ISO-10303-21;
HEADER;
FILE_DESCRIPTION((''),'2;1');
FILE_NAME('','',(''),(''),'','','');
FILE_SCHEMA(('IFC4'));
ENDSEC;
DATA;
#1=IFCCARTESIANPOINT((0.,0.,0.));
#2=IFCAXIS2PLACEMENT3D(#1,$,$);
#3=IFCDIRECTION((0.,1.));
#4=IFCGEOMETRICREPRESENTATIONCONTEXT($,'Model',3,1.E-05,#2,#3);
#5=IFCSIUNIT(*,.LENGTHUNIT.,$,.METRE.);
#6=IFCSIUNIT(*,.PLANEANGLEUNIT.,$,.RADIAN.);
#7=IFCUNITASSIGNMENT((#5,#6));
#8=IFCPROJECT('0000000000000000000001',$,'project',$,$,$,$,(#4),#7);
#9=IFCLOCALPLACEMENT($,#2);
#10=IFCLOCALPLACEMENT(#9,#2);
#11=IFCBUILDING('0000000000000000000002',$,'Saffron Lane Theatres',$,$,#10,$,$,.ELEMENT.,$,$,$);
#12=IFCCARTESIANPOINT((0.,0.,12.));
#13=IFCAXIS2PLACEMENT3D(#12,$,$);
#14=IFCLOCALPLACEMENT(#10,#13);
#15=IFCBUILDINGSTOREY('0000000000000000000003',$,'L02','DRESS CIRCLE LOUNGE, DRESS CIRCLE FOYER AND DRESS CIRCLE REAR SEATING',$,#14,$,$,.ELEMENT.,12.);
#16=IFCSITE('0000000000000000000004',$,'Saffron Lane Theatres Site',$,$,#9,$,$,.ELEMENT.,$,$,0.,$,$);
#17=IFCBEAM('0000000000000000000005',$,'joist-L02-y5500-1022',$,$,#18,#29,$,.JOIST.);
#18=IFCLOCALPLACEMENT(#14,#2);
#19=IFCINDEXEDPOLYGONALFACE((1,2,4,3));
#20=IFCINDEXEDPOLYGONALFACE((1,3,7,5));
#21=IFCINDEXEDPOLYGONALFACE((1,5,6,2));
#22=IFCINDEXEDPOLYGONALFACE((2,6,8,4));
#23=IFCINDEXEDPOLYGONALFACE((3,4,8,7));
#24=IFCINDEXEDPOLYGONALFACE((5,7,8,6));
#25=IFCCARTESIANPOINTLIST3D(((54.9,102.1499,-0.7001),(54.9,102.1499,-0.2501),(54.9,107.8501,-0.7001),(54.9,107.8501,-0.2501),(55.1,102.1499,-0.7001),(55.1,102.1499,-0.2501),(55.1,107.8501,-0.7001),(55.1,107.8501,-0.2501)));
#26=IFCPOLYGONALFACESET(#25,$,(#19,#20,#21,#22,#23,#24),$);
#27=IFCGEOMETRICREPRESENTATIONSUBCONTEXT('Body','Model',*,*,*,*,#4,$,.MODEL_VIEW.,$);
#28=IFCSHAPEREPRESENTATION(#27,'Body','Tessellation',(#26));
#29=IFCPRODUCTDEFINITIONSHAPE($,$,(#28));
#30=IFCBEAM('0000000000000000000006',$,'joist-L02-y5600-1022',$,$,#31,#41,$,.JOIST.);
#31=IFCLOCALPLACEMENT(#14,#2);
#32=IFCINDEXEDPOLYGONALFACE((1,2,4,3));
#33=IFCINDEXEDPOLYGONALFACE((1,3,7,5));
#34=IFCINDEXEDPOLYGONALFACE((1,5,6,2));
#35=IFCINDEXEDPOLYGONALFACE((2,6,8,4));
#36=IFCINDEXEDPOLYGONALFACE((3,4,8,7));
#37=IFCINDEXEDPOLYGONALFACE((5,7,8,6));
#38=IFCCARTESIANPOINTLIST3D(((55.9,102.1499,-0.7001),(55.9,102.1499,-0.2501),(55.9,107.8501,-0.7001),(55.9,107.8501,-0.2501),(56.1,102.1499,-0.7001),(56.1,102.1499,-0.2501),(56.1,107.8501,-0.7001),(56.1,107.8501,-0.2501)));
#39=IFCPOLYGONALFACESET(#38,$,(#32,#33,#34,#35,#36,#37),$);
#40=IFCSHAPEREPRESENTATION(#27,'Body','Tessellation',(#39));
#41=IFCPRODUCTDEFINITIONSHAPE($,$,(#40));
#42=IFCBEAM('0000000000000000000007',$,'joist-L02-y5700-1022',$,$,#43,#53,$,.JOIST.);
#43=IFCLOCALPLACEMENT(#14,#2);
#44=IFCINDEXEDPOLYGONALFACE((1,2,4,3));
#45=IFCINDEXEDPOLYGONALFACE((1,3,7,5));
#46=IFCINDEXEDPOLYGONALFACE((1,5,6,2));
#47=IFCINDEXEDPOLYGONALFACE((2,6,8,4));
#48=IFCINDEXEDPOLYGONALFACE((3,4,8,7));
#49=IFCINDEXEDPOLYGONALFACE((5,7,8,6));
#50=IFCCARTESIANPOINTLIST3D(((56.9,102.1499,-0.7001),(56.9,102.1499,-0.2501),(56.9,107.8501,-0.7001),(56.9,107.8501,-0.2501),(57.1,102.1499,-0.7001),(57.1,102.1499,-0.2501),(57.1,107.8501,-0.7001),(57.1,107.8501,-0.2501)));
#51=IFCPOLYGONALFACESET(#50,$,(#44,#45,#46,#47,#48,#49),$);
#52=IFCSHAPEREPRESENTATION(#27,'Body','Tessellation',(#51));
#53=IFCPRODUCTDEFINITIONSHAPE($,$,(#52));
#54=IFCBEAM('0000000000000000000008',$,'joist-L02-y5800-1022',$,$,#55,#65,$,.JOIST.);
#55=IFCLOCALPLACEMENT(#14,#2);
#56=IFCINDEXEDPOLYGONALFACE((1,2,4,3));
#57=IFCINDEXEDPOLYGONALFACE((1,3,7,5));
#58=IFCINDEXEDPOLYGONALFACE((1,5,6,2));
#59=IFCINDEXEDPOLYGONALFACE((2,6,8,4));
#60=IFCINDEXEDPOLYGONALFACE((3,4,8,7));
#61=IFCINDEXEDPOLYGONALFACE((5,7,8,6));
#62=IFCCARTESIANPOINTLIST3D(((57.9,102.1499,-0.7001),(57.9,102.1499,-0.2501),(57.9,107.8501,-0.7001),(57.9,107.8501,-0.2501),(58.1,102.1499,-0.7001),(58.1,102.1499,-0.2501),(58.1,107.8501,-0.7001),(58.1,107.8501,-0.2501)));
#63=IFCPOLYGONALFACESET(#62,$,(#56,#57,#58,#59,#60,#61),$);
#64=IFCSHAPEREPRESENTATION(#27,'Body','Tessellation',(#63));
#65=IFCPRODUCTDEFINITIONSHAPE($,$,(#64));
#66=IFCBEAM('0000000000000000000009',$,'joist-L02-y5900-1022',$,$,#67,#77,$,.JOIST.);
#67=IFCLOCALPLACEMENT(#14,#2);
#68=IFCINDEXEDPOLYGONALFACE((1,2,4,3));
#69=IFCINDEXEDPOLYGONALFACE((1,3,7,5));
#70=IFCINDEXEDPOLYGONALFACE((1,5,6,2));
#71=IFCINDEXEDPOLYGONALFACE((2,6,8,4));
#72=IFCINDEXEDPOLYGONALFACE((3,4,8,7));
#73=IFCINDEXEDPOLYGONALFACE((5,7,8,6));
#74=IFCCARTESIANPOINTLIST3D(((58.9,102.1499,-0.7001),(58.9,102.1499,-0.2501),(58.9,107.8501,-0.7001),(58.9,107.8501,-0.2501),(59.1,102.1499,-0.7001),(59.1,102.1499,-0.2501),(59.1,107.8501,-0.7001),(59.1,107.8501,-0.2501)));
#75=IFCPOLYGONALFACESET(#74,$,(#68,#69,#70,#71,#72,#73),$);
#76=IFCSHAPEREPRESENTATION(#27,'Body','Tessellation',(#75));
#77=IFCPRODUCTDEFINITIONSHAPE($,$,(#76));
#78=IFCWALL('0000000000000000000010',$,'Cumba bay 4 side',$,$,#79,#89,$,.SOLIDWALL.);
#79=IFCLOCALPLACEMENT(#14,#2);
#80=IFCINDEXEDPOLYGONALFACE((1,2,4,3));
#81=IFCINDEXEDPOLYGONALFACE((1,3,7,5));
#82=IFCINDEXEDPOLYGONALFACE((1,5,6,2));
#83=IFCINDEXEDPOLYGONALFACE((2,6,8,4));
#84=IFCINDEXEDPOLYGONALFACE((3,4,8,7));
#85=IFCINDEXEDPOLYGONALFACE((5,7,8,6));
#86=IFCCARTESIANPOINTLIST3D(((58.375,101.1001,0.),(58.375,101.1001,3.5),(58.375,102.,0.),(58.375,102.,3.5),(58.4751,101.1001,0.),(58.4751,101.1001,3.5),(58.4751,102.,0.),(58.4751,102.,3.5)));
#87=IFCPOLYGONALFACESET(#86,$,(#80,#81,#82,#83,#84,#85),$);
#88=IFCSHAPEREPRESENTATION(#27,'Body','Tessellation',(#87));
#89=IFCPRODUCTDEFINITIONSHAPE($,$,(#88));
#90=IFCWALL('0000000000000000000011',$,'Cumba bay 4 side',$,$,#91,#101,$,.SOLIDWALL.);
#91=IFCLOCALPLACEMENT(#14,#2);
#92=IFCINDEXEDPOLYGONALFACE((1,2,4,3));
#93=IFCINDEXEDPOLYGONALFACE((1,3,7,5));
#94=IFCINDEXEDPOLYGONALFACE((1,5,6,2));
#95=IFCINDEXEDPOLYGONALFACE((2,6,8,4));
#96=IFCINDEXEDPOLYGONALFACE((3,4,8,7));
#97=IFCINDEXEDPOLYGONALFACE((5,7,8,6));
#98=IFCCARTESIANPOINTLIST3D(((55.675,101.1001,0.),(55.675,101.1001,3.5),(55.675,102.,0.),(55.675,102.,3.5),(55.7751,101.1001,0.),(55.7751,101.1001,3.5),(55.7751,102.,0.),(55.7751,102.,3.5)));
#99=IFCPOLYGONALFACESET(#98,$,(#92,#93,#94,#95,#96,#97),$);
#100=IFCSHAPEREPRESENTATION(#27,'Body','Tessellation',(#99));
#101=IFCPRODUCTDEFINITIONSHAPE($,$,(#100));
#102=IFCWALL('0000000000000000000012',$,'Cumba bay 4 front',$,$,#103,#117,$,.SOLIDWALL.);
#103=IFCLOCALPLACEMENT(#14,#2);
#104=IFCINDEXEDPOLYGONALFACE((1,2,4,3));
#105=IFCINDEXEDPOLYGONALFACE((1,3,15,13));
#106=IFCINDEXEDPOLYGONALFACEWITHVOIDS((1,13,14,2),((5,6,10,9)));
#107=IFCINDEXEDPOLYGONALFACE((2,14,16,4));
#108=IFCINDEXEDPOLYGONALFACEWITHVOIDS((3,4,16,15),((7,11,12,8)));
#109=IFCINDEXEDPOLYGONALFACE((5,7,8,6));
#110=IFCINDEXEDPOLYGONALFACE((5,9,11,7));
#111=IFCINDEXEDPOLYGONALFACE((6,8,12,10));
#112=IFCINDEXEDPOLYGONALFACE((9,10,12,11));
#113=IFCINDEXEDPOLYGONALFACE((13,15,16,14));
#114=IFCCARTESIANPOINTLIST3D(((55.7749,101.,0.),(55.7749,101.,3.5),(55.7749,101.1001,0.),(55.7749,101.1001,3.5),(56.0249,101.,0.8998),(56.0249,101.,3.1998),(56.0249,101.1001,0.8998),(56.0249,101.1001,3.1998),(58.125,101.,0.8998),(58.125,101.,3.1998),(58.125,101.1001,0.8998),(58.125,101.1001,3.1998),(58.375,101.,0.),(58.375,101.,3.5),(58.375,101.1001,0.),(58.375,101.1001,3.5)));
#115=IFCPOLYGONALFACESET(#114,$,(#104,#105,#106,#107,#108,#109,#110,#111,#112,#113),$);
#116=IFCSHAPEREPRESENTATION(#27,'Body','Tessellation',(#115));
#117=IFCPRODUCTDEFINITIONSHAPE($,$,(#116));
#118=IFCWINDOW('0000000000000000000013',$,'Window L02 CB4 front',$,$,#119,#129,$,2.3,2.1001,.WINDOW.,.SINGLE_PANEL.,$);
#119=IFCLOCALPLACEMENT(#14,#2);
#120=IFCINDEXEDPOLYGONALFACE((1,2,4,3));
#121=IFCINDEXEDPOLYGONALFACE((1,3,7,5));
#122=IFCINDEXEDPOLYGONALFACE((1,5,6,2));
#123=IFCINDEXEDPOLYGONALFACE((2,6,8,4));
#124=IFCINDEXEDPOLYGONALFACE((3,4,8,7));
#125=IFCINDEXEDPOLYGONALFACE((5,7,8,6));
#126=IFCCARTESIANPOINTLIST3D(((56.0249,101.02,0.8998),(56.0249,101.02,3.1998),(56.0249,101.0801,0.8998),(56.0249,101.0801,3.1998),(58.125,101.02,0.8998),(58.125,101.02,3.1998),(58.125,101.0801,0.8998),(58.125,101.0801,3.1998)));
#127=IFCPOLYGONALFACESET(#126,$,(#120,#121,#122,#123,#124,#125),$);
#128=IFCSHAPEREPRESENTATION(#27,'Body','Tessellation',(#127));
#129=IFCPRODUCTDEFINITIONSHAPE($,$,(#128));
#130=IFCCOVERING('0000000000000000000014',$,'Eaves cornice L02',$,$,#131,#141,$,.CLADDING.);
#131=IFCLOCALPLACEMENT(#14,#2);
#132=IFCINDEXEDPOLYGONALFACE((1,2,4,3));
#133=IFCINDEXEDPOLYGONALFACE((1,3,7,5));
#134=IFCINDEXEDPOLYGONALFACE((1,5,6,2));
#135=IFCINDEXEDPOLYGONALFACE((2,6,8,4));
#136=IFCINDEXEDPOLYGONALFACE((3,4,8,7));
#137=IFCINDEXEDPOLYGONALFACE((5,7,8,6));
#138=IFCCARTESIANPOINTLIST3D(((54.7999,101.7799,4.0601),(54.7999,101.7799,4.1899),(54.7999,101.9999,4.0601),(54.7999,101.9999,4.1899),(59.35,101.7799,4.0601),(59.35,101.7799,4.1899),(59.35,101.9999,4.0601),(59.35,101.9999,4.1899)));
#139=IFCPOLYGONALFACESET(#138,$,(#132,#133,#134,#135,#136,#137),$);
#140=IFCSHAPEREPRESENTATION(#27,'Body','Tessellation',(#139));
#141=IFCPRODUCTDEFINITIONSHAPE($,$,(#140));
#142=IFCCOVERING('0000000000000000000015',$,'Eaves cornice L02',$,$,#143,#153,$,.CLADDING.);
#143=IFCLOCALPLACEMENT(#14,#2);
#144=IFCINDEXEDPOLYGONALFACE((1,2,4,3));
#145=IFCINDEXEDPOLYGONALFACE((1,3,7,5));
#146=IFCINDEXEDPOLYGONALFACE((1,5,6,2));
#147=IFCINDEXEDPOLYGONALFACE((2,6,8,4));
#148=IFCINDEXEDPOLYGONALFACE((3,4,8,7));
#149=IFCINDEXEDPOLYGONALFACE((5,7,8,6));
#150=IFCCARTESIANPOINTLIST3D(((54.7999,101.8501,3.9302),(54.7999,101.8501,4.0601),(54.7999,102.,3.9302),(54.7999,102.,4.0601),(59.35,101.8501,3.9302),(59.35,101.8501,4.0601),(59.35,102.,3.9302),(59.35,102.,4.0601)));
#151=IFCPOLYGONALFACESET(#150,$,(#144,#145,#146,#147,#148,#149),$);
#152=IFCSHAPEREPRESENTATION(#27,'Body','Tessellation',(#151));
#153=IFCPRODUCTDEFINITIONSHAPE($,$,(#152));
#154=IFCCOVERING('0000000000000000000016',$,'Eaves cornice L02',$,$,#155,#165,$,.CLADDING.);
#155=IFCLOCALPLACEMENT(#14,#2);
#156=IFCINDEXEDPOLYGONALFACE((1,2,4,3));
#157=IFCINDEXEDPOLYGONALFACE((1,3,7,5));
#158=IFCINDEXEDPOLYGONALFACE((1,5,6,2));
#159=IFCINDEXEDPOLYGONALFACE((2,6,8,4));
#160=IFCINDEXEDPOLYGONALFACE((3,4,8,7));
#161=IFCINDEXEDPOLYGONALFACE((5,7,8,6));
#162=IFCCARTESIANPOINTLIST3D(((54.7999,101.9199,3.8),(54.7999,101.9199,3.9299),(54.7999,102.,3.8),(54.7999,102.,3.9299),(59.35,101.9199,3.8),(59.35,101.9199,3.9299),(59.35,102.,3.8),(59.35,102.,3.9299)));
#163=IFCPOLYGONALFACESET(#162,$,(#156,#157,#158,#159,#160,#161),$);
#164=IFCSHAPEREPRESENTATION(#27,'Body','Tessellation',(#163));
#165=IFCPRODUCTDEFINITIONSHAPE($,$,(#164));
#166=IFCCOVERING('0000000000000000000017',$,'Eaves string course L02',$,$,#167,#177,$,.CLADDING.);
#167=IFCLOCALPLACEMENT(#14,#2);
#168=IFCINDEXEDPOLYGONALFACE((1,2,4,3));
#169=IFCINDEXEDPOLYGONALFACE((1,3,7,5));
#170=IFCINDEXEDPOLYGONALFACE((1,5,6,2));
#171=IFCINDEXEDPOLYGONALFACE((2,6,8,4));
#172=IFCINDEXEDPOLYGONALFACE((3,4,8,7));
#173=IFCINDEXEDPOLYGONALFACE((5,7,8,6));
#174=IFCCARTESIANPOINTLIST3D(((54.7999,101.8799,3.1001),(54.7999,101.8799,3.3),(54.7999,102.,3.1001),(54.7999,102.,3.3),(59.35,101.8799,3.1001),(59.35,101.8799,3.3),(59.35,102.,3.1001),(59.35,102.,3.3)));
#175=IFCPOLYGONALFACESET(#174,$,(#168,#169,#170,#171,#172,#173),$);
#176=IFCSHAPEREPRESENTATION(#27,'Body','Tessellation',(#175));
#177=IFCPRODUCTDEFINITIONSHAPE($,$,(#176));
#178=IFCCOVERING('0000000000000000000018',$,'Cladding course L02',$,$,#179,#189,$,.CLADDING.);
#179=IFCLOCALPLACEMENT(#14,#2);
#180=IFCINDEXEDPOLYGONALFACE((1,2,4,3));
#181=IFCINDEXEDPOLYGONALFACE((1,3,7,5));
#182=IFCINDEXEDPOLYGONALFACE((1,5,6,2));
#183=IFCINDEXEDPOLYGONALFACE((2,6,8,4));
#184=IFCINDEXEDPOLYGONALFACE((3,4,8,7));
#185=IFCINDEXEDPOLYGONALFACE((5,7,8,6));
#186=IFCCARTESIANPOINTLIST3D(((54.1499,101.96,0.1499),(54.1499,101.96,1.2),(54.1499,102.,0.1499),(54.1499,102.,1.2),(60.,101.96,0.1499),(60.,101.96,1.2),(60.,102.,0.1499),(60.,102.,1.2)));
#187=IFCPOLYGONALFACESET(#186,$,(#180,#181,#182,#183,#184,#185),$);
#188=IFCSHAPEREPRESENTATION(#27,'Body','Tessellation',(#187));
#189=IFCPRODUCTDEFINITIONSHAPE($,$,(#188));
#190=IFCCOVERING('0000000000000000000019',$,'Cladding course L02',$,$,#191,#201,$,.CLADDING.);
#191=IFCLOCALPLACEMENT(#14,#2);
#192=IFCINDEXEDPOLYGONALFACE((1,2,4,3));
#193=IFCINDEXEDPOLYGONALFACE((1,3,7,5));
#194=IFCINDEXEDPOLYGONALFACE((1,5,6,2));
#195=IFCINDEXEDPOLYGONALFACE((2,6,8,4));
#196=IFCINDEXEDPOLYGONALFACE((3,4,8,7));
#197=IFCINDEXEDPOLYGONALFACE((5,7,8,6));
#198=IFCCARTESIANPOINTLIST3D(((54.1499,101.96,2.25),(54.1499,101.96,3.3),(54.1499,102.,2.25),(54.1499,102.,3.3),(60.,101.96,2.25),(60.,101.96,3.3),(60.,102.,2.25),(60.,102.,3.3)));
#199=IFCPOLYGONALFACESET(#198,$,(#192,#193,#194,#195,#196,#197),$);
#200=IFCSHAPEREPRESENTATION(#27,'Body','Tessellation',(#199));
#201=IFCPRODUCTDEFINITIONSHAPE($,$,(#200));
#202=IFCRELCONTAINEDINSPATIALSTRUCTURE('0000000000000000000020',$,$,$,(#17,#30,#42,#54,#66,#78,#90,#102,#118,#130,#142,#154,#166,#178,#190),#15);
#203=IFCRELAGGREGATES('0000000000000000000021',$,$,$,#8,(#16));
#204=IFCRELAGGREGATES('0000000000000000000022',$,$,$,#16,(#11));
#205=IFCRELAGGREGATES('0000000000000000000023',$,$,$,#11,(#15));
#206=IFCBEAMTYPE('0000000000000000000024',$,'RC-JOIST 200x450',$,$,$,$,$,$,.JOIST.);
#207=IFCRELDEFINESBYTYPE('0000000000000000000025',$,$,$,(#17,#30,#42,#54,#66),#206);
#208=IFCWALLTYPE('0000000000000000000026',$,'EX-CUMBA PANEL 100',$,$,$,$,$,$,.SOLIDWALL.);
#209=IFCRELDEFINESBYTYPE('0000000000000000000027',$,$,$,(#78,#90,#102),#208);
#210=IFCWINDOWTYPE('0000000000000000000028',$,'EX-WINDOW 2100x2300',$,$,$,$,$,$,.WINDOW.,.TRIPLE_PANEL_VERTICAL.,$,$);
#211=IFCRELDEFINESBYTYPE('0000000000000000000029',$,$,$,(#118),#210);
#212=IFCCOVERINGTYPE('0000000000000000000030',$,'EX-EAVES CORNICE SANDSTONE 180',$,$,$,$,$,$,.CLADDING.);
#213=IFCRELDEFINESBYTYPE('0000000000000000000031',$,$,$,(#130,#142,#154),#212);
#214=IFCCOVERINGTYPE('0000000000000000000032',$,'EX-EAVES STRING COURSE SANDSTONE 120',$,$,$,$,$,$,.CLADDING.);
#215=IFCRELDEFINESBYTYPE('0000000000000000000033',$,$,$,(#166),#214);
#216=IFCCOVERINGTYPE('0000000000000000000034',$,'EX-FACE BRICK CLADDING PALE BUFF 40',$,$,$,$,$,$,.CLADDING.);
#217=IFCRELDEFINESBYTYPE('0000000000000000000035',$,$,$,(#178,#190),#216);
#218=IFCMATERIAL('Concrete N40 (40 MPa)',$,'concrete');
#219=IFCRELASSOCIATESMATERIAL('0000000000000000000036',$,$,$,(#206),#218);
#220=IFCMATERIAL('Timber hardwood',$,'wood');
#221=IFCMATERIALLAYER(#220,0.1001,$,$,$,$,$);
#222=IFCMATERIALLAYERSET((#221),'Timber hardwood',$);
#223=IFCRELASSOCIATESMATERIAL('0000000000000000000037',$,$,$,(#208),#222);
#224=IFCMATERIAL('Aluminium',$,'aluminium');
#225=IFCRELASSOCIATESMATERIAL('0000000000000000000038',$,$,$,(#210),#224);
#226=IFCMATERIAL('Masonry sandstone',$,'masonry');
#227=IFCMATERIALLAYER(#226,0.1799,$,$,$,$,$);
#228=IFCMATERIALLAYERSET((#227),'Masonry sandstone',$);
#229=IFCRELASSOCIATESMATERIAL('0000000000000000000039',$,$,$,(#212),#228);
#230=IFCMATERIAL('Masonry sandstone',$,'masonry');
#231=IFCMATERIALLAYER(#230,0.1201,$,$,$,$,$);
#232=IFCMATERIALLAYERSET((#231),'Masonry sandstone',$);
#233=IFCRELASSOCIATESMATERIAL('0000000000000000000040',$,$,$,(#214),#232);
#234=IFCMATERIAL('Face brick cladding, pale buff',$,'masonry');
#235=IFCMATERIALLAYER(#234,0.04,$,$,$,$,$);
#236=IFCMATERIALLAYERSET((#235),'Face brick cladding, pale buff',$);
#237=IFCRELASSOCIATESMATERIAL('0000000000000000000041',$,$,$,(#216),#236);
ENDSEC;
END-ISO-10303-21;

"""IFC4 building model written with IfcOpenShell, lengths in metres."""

from ifc_helpers import new_model, si_unit, direction, frame, frame_2d, origin, origin_2d, place, context, subcontext, project, spatial, rectangle, extrude, material, layer, layer_set, material_profile, profile_set, type_object, element, fill, save


model = new_model("IFC4")

# Units and contexts
model_context = context("Model", 3, precision=1e-05, world=origin(), true_north=direction((0.0, 1.0)))
body_context = subcontext(model_context, "Body", "Model", "MODEL_VIEW")
ifc_project = project(units=[si_unit("LENGTHUNIT", "METRE"), si_unit("PLANEANGLEUNIT", "RADIAN")], contexts=[model_context])

# Site, building, storey
site_placement = place(None, origin())
site = spatial("IfcSite", under=ifc_project, at=site_placement, Name="Saffron Lane Theatres Site", CompositionType="ELEMENT", RefElevation=0.0)
building_placement = place(site_placement, origin())
building = spatial("IfcBuilding", under=site, at=building_placement, Name="Saffron Lane Theatres", CompositionType="ELEMENT")
storey_placement = place(building_placement, frame((0.0, 0.0, 12.0)))
storey = spatial("IfcBuildingStorey", under=building, at=storey_placement, Name="L02", Description="DRESS CIRCLE LOUNGE, DRESS CIRCLE FOYER AND DRESS CIRCLE REAR SEATING", CompositionType="ELEMENT", Elevation=12.0)

# Beams
ifc_material_1 = material(Name="Concrete N40 (40 MPa)", Category="concrete")
ifc_material_profile = material_profile(ifc_material_1, rectangle(XDim=0.2, YDim=0.45, at=origin_2d()))
ifc_profile_set = profile_set([ifc_material_profile], Name="Concrete N40 (40 MPa)")
beam_type = type_object("IfcBeamType", Name="RC-JOIST 200x450", PredefinedType="JOIST", material=ifc_profile_set)
for number, where, z_axis, x_axis, name in (
    (1, (55.0, 102.1499, -0.4751), (0.0, 1.0, 0.0), (-1.0, 0.0, 0.0), "joist-L02-y5500-1022"),
    (2, (56.0, 102.1499, -0.4751), (0.0, 1.0, 0.0), (-1.0, 0.0, 0.0), "joist-L02-y5600-1022"),
    (3, (57.0, 102.1499, -0.4751), (0.0, 1.0, 0.0), (-1.0, 0.0, 0.0), "joist-L02-y5700-1022"),
    (4, (58.0, 102.1499, -0.4751), (0.0, 1.0, 0.0), (-1.0, 0.0, 0.0), "joist-L02-y5800-1022"),
    (5, (59.0, 102.1499, -0.4751), (0.0, 1.0, 0.0), (-1.0, 0.0, 0.0), "joist-L02-y5900-1022"),
):
    element("IfcBeam", number, at=place(storey_placement, frame(where, z_axis=z_axis, x_axis=x_axis)), inside=storey, type_object=beam_type, Name=name, PredefinedType="JOIST", context=body_context, shape_type="SweptSolid", body=[
        extrude(rectangle(XDim=0.2, YDim=0.45, at=origin_2d()), origin(), (0.0, 0.0, 1.0), 5.7002),
    ])

# Walls
ifc_material_2 = material(Name="Timber hardwood", Category="wood")
ifc_layer_1 = layer(ifc_material_2, 0.1001)
ifc_layer_set_1 = layer_set([ifc_layer_1], Name="Timber hardwood")
wall_type = type_object("IfcWallType", Name="EX-CUMBA PANEL 100", PredefinedType="SOLIDWALL", material=ifc_layer_set_1)
for number, where, z_axis, x_axis, name in (
    (6, (58.425, 102.0, 0.0), (0.0, 0.0, 1.0), (0.0, -1.0, 0.0), "Cumba bay 4 side"),
    (7, (55.7251, 102.0, 0.0), (0.0, 0.0, 1.0), (0.0, -1.0, 0.0), "Cumba bay 4 side"),
):
    element("IfcWall", number, at=place(storey_placement, frame(where, z_axis=z_axis, x_axis=x_axis)), inside=storey, type_object=wall_type, Name=name, PredefinedType="SOLIDWALL", context=body_context, shape_type="SweptSolid", body=[
        extrude(rectangle(XDim=0.8999, YDim=0.1001, at=frame_2d((0.45, 0.0))), origin(), (0.0, 0.0, 1.0), 3.5),
    ])

# Wall, opening, window
wall_placement = place(storey_placement, frame((58.375, 101.05, 0.0), z_axis=(0.0, 0.0, 1.0), x_axis=(-1.0, 0.0, 0.0)))
wall = element("IfcWall", 8, at=wall_placement, inside=storey, type_object=wall_type, Name="Cumba bay 4 front", PredefinedType="SOLIDWALL", context=body_context, shape_type="SweptSolid", body=[
    extrude(rectangle(XDim=2.6001, YDim=0.1001, at=frame_2d((1.3, 0.0))), origin(), (0.0, 0.0, 1.0), 3.5),
])
opening_placement = place(wall_placement, frame((0.25, 0.0, 0.8999)))
opening = element("IfcOpeningElement", 9, at=opening_placement, cuts=wall, PredefinedType="OPENING", context=body_context, shape_type="SweptSolid", body=[
    extrude(rectangle(XDim=2.1001, YDim=2.3, at=frame_2d((1.05, 1.1499))), frame((0.0, 0.0601, 0.0), z_axis=(0.0, -1.0, 0.0), x_axis=(1.0, 0.0, 0.0)), (0.0, 0.0, 1.0), 0.1201),
])
ifc_material_3 = material(Name="Aluminium", Category="aluminium")
window_type = type_object("IfcWindowType", Name="EX-WINDOW 2100x2300", PartitioningType="TRIPLE_PANEL_VERTICAL", PredefinedType="WINDOW", material=ifc_material_3)
window_placement = place(opening_placement, origin())
window = element("IfcWindow", 10, at=window_placement, inside=storey, type_object=window_type, Name="Window L02 CB4 front", OverallHeight=2.3, OverallWidth=2.1001, PartitioningType="SINGLE_PANEL", PredefinedType="WINDOW", context=body_context, shape_type="SweptSolid", body=[
    extrude(rectangle(XDim=2.1001, YDim=2.3, at=frame_2d((1.05, 1.1499))), frame((0.0, 0.03, 0.0), z_axis=(0.0, -1.0, 0.0), x_axis=(1.0, 0.0, 0.0)), (0.0, 0.0, 1.0), 0.0601),
])
fill(opening, window)

# Coverings
ifc_material_4 = material(Name="Masonry sandstone", Category="masonry")
ifc_layer_2 = layer(ifc_material_4, 0.1799)
ifc_layer_set_2 = layer_set([ifc_layer_2], Name="Masonry sandstone")
covering_type_1 = type_object("IfcCoveringType", Name="EX-EAVES CORNICE SANDSTONE 180", PredefinedType="CLADDING", material=ifc_layer_set_2)
covering_1_placement = place(storey_placement, frame((57.075, 101.8899, 4.0601), z_axis=(0.0, 0.0, 1.0), x_axis=(-1.0, 0.0, 0.0)))
element("IfcCovering", 11, at=covering_1_placement, inside=storey, type_object=covering_type_1, Name="Eaves cornice L02", PredefinedType="CLADDING", context=body_context, shape_type="SweptSolid", body=[
    extrude(rectangle(XDim=4.55, YDim=0.22, at=origin_2d()), origin(), (0.0, 0.0, 1.0), 0.1299),
])
covering_2_placement = place(storey_placement, frame((57.075, 101.925, 3.9302), z_axis=(0.0, 0.0, 1.0), x_axis=(-1.0, 0.0, 0.0)))
element("IfcCovering", 12, at=covering_2_placement, inside=storey, type_object=covering_type_1, Name="Eaves cornice L02", PredefinedType="CLADDING", context=body_context, shape_type="SweptSolid", body=[
    extrude(rectangle(XDim=4.55, YDim=0.1499, at=origin_2d()), origin(), (0.0, 0.0, 1.0), 0.1299),
])
covering_3_placement = place(storey_placement, frame((57.075, 101.96, 3.8), z_axis=(0.0, 0.0, 1.0), x_axis=(-1.0, 0.0, 0.0)))
element("IfcCovering", 13, at=covering_3_placement, inside=storey, type_object=covering_type_1, Name="Eaves cornice L02", PredefinedType="CLADDING", context=body_context, shape_type="SweptSolid", body=[
    extrude(rectangle(XDim=4.55, YDim=0.0801, at=origin_2d()), origin(), (0.0, 0.0, 1.0), 0.1299),
])
ifc_material_5 = material(Name="Masonry sandstone", Category="masonry")
ifc_layer_3 = layer(ifc_material_5, 0.1201)
ifc_layer_set_3 = layer_set([ifc_layer_3], Name="Masonry sandstone")
covering_type_2 = type_object("IfcCoveringType", Name="EX-EAVES STRING COURSE SANDSTONE 120", PredefinedType="CLADDING", material=ifc_layer_set_3)
covering_4_placement = place(storey_placement, frame((57.075, 101.9399, 3.1001), z_axis=(0.0, 0.0, 1.0), x_axis=(-1.0, 0.0, 0.0)))
element("IfcCovering", 14, at=covering_4_placement, inside=storey, type_object=covering_type_2, Name="Eaves string course L02", PredefinedType="CLADDING", context=body_context, shape_type="SweptSolid", body=[
    extrude(rectangle(XDim=4.55, YDim=0.1201, at=origin_2d()), origin(), (0.0, 0.0, 1.0), 0.2),
])
ifc_material_6 = material(Name="Face brick cladding, pale buff", Category="masonry")
ifc_layer_4 = layer(ifc_material_6, 0.04)
ifc_layer_set_4 = layer_set([ifc_layer_4], Name="Face brick cladding, pale buff")
covering_type_3 = type_object("IfcCoveringType", Name="EX-FACE BRICK CLADDING PALE BUFF 40", PredefinedType="CLADDING", material=ifc_layer_set_4)
for number, where, z_axis, x_axis, name in (
    (15, (57.075, 101.98, 0.1499), (0.0, 0.0, 1.0), (-1.0, 0.0, 0.0), "Cladding course L02"),
    (16, (57.075, 101.98, 2.25), (0.0, 0.0, 1.0), (-1.0, 0.0, 0.0), "Cladding course L02"),
):
    element("IfcCovering", number, at=place(storey_placement, frame(where, z_axis=z_axis, x_axis=x_axis)), inside=storey, type_object=covering_type_3, Name=name, PredefinedType="CLADDING", context=body_context, shape_type="SweptSolid", body=[
        extrude(rectangle(XDim=5.8501, YDim=0.04, at=origin_2d()), origin(), (0.0, 0.0, 1.0), 1.05),
    ])

save(model, "model.ifc")
